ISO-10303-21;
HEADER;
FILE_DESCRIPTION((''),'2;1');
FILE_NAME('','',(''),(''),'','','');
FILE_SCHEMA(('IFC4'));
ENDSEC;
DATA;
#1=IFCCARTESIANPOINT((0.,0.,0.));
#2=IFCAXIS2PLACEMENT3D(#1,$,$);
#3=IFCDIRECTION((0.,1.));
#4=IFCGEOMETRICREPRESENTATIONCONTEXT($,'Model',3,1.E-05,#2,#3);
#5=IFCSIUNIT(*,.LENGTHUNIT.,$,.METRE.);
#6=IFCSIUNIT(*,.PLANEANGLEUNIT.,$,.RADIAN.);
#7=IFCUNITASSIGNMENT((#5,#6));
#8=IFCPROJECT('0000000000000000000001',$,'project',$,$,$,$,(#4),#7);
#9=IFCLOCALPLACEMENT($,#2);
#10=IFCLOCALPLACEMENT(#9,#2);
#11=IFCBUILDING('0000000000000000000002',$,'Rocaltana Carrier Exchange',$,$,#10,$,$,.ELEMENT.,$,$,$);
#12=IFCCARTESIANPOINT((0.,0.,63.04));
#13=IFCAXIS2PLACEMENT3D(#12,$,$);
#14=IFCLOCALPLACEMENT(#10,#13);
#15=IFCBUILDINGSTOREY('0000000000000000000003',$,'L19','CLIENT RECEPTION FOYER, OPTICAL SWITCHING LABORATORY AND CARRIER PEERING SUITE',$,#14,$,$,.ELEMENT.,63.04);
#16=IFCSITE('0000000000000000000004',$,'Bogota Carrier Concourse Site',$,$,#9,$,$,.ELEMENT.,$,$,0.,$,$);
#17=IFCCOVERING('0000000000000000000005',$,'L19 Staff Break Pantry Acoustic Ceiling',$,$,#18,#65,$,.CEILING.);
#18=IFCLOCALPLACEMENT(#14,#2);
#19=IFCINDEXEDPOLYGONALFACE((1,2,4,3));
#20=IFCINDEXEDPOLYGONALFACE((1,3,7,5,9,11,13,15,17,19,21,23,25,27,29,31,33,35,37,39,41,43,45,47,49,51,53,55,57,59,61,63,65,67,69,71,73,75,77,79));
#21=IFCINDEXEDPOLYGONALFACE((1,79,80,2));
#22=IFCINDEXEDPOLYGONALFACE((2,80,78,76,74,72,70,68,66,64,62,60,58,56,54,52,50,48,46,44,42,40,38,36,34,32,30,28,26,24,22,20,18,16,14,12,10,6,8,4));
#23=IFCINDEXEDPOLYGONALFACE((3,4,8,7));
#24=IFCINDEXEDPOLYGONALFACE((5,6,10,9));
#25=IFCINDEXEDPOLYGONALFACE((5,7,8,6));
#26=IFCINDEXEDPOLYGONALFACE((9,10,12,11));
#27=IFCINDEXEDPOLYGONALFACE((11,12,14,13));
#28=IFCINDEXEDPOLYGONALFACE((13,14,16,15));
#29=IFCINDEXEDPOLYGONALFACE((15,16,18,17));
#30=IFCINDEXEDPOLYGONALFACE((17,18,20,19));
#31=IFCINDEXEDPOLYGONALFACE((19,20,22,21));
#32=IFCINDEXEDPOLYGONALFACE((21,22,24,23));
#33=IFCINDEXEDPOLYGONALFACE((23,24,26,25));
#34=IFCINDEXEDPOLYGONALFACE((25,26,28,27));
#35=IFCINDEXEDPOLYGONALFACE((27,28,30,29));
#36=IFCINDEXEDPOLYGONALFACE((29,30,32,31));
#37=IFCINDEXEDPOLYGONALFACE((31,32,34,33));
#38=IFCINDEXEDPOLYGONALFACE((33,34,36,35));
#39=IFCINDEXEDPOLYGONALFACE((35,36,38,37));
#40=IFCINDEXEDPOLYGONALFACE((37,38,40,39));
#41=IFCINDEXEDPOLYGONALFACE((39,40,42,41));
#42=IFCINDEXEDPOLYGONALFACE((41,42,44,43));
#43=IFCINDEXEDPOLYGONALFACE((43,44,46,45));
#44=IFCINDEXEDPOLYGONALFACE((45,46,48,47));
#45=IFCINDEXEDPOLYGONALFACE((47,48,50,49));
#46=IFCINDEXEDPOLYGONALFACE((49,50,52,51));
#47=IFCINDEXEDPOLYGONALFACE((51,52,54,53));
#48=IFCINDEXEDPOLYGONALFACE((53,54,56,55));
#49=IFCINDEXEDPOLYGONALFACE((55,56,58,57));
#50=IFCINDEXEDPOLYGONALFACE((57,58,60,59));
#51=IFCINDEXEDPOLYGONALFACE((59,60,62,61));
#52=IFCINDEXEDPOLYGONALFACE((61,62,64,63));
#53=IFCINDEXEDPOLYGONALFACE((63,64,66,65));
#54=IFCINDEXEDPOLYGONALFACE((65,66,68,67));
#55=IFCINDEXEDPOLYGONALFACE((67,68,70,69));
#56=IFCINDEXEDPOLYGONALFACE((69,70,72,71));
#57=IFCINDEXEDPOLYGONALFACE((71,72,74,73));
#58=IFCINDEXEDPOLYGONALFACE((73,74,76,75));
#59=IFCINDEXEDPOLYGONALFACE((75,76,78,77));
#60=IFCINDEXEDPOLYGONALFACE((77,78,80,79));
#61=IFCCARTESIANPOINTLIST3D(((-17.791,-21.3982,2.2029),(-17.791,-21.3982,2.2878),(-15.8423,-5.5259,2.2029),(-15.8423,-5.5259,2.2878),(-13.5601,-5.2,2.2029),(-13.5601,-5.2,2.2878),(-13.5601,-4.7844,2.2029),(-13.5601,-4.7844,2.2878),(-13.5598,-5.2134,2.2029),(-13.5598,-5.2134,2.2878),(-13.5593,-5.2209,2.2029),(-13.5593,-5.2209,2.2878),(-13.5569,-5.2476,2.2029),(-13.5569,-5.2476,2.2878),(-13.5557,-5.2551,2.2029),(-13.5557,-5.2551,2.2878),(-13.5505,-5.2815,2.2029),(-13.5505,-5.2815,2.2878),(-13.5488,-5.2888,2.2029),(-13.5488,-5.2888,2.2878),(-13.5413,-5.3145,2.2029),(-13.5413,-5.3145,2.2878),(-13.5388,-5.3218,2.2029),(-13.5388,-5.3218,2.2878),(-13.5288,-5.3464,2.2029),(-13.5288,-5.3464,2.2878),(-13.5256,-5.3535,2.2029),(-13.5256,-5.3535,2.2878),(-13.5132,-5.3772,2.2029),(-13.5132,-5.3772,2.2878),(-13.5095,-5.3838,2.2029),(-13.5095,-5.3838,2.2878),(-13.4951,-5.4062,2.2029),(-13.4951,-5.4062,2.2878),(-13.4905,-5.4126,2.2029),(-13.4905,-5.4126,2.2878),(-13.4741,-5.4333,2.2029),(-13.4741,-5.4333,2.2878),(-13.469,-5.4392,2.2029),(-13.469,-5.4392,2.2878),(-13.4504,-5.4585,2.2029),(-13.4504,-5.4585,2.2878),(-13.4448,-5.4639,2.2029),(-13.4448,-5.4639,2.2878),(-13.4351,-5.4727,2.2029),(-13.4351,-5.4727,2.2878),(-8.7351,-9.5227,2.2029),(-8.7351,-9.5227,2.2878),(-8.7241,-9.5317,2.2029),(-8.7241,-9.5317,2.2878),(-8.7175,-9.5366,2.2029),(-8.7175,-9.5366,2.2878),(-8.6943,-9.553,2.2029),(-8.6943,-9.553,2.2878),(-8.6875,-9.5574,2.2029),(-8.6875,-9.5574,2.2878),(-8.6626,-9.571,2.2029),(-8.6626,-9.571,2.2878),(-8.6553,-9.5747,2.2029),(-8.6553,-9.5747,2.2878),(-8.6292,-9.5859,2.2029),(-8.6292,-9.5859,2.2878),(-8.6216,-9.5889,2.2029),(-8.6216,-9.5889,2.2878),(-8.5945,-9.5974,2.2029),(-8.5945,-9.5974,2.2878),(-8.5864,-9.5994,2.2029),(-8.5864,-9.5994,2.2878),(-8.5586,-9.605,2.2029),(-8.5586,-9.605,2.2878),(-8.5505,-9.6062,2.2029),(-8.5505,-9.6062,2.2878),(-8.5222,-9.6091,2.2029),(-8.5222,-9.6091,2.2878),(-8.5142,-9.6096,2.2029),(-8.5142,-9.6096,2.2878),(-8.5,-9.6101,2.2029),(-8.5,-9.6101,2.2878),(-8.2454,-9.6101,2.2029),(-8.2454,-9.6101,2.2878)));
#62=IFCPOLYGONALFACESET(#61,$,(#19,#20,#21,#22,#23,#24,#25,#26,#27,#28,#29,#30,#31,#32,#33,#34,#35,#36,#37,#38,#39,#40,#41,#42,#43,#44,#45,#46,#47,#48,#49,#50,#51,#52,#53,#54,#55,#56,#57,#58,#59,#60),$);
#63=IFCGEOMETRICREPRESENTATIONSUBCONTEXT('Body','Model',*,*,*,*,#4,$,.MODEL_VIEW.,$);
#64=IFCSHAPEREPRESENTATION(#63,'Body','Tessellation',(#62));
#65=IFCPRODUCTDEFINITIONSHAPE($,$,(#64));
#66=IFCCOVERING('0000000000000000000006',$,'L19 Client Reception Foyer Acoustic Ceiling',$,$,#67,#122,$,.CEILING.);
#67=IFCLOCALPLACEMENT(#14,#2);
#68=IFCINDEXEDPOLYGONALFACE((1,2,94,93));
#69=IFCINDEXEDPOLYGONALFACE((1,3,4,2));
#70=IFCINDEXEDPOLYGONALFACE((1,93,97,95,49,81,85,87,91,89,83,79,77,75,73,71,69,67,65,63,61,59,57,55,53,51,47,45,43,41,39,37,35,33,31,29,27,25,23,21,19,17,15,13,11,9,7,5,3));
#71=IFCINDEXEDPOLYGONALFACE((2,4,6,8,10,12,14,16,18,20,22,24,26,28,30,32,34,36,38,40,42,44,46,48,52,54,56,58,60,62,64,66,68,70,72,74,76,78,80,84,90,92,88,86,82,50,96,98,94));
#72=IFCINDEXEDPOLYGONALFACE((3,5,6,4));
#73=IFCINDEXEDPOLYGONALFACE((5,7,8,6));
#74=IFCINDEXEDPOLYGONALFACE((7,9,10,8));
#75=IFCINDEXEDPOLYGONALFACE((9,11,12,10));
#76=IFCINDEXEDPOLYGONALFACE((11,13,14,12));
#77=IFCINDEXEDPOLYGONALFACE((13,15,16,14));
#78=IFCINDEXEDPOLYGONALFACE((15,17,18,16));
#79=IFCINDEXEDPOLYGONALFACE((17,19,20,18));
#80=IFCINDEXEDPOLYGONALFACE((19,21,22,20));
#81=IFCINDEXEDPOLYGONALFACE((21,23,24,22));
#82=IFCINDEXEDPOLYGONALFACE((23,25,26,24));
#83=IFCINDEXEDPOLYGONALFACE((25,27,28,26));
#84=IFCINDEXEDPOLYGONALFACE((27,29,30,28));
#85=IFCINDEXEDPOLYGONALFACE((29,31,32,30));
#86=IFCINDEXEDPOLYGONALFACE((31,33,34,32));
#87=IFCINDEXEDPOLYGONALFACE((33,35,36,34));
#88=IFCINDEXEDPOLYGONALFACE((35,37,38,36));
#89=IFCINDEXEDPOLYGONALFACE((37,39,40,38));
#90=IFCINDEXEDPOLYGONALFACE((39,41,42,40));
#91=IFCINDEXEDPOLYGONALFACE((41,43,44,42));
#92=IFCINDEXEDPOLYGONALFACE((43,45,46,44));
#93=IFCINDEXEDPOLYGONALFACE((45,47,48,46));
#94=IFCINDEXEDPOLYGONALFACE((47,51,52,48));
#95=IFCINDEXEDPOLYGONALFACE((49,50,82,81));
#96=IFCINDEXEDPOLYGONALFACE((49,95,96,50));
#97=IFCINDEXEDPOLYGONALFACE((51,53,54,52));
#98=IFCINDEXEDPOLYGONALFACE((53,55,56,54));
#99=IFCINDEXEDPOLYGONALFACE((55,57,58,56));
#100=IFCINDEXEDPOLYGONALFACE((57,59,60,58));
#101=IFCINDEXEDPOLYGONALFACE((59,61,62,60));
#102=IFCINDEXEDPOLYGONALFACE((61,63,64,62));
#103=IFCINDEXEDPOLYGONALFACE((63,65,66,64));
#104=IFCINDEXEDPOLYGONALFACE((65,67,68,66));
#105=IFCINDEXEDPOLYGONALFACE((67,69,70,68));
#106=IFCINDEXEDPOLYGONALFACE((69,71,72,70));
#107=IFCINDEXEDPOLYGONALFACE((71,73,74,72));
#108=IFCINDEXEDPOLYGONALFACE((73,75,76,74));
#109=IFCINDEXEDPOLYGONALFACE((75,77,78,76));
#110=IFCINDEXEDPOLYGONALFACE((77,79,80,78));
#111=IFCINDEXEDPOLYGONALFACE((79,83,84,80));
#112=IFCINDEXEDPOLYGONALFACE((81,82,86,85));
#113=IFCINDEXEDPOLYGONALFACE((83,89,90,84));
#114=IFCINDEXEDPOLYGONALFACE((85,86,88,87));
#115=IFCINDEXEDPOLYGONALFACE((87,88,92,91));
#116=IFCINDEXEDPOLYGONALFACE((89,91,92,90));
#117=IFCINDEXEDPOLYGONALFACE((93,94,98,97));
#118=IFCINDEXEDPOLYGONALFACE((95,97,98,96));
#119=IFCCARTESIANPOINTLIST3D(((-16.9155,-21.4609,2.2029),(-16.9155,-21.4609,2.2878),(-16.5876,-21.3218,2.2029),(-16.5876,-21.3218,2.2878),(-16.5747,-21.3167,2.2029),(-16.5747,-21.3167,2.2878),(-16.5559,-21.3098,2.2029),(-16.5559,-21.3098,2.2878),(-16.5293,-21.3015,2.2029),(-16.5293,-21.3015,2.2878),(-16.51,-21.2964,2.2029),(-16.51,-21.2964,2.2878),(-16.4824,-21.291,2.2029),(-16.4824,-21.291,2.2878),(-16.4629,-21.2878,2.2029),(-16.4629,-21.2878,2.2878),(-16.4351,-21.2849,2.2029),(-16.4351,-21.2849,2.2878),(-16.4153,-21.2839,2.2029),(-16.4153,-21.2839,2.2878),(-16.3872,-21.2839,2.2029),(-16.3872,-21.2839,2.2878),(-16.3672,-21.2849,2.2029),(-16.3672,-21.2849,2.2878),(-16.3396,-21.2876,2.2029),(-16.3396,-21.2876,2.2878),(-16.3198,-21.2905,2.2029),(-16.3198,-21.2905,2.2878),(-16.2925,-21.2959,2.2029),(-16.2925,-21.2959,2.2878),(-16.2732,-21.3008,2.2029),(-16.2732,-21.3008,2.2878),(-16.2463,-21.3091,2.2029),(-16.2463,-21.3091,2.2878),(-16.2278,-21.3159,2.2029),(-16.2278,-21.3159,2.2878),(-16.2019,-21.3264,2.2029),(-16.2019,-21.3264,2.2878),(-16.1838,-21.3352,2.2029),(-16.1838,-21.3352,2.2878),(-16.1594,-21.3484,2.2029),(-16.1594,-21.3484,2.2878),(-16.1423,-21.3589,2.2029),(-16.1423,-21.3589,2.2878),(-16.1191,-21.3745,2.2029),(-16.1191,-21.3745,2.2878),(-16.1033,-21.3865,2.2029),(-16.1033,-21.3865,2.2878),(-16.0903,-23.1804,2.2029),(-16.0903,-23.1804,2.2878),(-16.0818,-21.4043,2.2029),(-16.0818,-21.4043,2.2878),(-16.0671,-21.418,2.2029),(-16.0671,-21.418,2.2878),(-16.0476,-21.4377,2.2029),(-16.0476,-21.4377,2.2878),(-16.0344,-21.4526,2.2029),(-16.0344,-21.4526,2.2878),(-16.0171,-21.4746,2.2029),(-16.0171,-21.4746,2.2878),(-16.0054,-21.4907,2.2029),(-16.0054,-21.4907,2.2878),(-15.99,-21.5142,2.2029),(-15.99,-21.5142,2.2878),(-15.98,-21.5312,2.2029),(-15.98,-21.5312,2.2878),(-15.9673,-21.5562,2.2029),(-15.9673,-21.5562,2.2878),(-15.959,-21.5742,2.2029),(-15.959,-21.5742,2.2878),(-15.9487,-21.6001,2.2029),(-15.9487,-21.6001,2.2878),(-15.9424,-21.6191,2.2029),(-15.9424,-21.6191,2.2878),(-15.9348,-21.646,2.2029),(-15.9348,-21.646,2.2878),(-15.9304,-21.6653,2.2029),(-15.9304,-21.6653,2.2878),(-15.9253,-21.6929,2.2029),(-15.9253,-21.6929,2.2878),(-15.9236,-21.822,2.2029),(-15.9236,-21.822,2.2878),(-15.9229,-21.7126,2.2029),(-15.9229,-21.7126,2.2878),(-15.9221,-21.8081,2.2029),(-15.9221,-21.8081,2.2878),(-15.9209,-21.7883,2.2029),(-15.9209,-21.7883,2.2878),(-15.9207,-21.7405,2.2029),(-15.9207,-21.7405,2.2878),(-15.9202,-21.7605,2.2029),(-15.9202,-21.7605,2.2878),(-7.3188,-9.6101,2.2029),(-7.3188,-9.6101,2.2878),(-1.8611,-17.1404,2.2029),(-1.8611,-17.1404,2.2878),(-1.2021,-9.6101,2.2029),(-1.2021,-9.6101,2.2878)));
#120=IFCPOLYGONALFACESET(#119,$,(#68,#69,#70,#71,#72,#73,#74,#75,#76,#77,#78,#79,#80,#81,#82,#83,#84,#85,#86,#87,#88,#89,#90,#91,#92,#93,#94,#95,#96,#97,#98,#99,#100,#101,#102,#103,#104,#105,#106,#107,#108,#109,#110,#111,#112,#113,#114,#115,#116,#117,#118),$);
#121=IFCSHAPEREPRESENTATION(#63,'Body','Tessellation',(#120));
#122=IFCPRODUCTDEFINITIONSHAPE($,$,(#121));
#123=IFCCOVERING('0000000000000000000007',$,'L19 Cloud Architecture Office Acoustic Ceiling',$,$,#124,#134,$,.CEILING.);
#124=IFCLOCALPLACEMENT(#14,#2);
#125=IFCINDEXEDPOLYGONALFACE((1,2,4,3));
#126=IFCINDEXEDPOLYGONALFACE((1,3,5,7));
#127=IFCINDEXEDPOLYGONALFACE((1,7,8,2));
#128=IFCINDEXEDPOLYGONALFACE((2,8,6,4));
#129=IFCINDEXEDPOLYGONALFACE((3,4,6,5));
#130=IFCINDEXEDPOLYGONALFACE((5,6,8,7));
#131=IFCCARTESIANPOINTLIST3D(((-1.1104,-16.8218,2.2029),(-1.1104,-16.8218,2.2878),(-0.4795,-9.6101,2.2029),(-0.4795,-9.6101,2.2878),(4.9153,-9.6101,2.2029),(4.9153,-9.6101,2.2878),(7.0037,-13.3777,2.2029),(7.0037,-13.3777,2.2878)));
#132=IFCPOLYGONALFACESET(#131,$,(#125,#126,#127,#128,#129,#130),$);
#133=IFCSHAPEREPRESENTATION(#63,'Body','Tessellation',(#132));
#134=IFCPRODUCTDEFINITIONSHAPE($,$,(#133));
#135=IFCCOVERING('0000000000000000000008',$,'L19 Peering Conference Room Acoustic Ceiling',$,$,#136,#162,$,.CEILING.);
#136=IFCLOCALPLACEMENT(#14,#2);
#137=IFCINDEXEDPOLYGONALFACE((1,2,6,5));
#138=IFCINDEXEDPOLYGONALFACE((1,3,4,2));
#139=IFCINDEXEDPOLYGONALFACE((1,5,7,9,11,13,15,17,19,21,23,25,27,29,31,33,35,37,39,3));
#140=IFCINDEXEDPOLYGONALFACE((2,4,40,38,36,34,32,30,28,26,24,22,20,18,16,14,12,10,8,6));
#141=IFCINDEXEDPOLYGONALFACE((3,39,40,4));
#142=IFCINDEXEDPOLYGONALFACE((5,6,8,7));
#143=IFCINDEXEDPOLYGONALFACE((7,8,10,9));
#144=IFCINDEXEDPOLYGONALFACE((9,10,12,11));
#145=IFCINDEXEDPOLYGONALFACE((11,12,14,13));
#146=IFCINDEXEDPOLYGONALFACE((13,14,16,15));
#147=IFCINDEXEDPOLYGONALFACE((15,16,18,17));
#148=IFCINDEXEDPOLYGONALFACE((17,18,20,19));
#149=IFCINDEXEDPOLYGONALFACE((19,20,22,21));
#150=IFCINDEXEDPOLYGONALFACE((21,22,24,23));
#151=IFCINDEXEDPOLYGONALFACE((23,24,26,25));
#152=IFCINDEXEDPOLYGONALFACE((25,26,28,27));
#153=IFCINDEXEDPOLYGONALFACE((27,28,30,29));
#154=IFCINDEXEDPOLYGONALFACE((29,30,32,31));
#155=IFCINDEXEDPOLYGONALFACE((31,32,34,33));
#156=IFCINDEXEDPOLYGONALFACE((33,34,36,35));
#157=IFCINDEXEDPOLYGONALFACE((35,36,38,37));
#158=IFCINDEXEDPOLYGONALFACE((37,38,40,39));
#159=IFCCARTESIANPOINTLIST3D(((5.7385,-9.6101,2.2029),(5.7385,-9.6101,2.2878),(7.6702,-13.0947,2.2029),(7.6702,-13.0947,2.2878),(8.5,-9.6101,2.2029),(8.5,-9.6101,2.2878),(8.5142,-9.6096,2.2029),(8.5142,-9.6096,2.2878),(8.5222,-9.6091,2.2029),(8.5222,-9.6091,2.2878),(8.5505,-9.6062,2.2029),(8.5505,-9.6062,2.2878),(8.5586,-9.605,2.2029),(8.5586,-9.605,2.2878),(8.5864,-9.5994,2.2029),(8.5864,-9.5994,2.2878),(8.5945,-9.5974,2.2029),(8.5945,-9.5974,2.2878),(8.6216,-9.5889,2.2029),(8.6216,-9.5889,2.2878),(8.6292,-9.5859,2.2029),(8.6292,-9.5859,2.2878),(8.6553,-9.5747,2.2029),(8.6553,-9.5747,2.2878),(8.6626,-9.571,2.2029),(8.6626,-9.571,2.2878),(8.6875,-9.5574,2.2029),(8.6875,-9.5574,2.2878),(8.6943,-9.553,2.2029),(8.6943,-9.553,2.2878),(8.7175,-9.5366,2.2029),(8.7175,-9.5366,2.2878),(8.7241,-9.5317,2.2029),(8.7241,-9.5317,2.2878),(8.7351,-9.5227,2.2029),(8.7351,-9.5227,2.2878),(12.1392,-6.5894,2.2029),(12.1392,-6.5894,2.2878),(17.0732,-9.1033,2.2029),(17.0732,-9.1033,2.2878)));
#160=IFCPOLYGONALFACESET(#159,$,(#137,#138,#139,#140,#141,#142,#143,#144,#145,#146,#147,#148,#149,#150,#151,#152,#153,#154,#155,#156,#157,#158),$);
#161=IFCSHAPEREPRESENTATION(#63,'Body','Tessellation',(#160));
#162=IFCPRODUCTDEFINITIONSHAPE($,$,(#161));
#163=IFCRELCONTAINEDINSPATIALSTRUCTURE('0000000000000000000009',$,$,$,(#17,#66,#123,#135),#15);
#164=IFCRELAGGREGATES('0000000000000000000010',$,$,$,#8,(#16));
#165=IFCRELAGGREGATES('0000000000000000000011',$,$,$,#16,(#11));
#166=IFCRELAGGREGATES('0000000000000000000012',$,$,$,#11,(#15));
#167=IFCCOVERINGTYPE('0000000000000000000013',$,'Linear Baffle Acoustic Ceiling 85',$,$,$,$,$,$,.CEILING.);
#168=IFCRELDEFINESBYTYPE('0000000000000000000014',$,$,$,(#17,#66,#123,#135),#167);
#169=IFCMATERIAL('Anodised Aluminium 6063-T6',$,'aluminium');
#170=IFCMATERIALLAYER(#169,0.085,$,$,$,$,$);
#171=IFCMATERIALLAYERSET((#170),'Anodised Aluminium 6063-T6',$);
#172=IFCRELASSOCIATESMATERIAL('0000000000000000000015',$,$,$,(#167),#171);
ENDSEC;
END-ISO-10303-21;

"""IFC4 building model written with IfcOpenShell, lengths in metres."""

from ifc_helpers import new_model, si_unit, direction, frame, origin, place, context, subcontext, project, spatial, polyline, outline, extrude, material, layer, layer_set, type_object, element, save


model = new_model("IFC4")

# Units and contexts
model_context = context("Model", 3, precision=1e-05, world=origin(), true_north=direction((0.0, 1.0)))
body_context = subcontext(model_context, "Body", "Model", "MODEL_VIEW")
ifc_project = project(units=[si_unit("LENGTHUNIT", "METRE"), si_unit("PLANEANGLEUNIT", "RADIAN")], contexts=[model_context])

# Site, building, storey
site_placement = place(None, origin())
site = spatial("IfcSite", under=ifc_project, at=site_placement, Name="Bogota Carrier Concourse Site", CompositionType="ELEMENT", RefElevation=0.0)
building_placement = place(site_placement, origin())
building = spatial("IfcBuilding", under=site, at=building_placement, Name="Rocaltana Carrier Exchange", CompositionType="ELEMENT")
storey_placement = place(building_placement, frame((0.0, 0.0, 63.04)))
storey = spatial("IfcBuildingStorey", under=building, at=storey_placement, Name="L19", Description="CLIENT RECEPTION FOYER, OPTICAL SWITCHING LABORATORY AND CARRIER PEERING SUITE", CompositionType="ELEMENT", Elevation=63.04)

# Coverings
ifc_material_1 = material(Name="Anodised Aluminium 6063-T6", Category="aluminium")
ifc_layer_1 = layer(ifc_material_1, 0.085)
ifc_layer_set_1 = layer_set([ifc_layer_1], Name="Anodised Aluminium 6063-T6")
covering_type_1 = type_object("IfcCoveringType", Name="Linear Baffle Acoustic Ceiling 85", PredefinedType="CEILING", material=ifc_layer_set_1)
covering_1_placement = place(storey_placement, frame((0.0, 0.0, 2.2029)))
element("IfcCovering", 1, at=covering_1_placement, inside=storey, type_object=covering_type_1, Name="L19 Staff Break Pantry Acoustic Ceiling", PredefinedType="CEILING", context=body_context, shape_type="SweptSolid", body=[
    extrude(outline(polyline([(-17.791, -21.3982), (-15.8423, -5.5259), (-13.5601, -4.7844), (-13.5601, -5.2), (-13.5598, -5.2134), (-13.5593, -5.2209), (-13.5569, -5.2476), (-13.5557, -5.2551), (-13.5505, -5.2815), (-13.5488, -5.2888), (-13.5413, -5.3145), (-13.5388, -5.3218), (-13.5288, -5.3464), (-13.5256, -5.3535), (-13.5132, -5.3772), (-13.5095, -5.3838), (-13.4951, -5.4062), (-13.4905, -5.4126), (-13.4741, -5.4333), (-13.469, -5.4392), (-13.4504, -5.4585), (-13.4448, -5.4639), (-13.4351, -5.4727), (-8.7351, -9.5227), (-8.7241, -9.5317), (-8.7175, -9.5366), (-8.6943, -9.553), (-8.6875, -9.5574), (-8.6626, -9.571), (-8.6553, -9.5747), (-8.6292, -9.5859), (-8.6216, -9.5889), (-8.5945, -9.5974), (-8.5864, -9.5994), (-8.5586, -9.605), (-8.5505, -9.6062), (-8.5222, -9.6091), (-8.5142, -9.6096), (-8.5, -9.6101), (-8.2454, -9.6101), (-17.791, -21.3982)])), origin(), (0.0, 0.0, 1.0), 0.085),
])
covering_2_placement = place(storey_placement, frame((0.0, 0.0, 2.2029)))
element("IfcCovering", 2, at=covering_2_placement, inside=storey, type_object=covering_type_1, Name="L19 Client Reception Foyer Acoustic Ceiling", PredefinedType="CEILING", context=body_context, shape_type="SweptSolid", body=[
    extrude(outline(polyline([(-15.9236, -21.822), (-15.9221, -21.8081), (-15.9209, -21.7883), (-15.9202, -21.7605), (-15.9207, -21.7405), (-15.9229, -21.7126), (-15.9253, -21.6929), (-15.9304, -21.6653), (-15.9348, -21.646), (-15.9424, -21.6191), (-15.9487, -21.6001), (-15.959, -21.5742), (-15.9673, -21.5562), (-15.98, -21.5312), (-15.99, -21.5142), (-16.0054, -21.4907), (-16.0171, -21.4746), (-16.0344, -21.4526), (-16.0476, -21.4377), (-16.0671, -21.418), (-16.0818, -21.4043), (-16.1033, -21.3865), (-16.1191, -21.3745), (-16.1423, -21.3589), (-16.1594, -21.3484), (-16.1838, -21.3352), (-16.2019, -21.3264), (-16.2278, -21.3159), (-16.2463, -21.3091), (-16.2732, -21.3008), (-16.2925, -21.2959), (-16.3198, -21.2905), (-16.3396, -21.2876), (-16.3672, -21.2849), (-16.3872, -21.2839), (-16.4153, -21.2839), (-16.4351, -21.2849), (-16.4629, -21.2878), (-16.4824, -21.291), (-16.51, -21.2964), (-16.5293, -21.3015), (-16.5559, -21.3098), (-16.5747, -21.3167), (-16.5876, -21.3218), (-16.9155, -21.4609), (-7.3188, -9.6101), (-1.2021, -9.6101), (-1.8611, -17.1404), (-16.0903, -23.1804), (-15.9236, -21.822)])), origin(), (0.0, 0.0, 1.0), 0.085),
])
covering_3_placement = place(storey_placement, frame((0.0, 0.0, 2.2029)))
element("IfcCovering", 3, at=covering_3_placement, inside=storey, type_object=covering_type_1, Name="L19 Cloud Architecture Office Acoustic Ceiling", PredefinedType="CEILING", context=body_context, shape_type="SweptSolid", body=[
    extrude(outline(polyline([(-1.1104, -16.8218), (-0.4795, -9.6101), (4.9153, -9.6101), (7.0037, -13.3777), (-1.1104, -16.8218)])), origin(), (0.0, 0.0, 1.0), 0.085),
])
covering_4_placement = place(storey_placement, frame((0.0, 0.0, 2.2029)))
element("IfcCovering", 4, at=covering_4_placement, inside=storey, type_object=covering_type_1, Name="L19 Peering Conference Room Acoustic Ceiling", PredefinedType="CEILING", context=body_context, shape_type="SweptSolid", body=[
    extrude(outline(polyline([(7.6702, -13.0947), (5.7385, -9.6101), (8.5, -9.6101), (8.5142, -9.6096), (8.5222, -9.6091), (8.5505, -9.6062), (8.5586, -9.605), (8.5864, -9.5994), (8.5945, -9.5974), (8.6216, -9.5889), (8.6292, -9.5859), (8.6553, -9.5747), (8.6626, -9.571), (8.6875, -9.5574), (8.6943, -9.553), (8.7175, -9.5366), (8.7241, -9.5317), (8.7351, -9.5227), (12.1392, -6.5894), (17.0732, -9.1033), (7.6702, -13.0947)])), origin(), (0.0, 0.0, 1.0), 0.085),
])

save(model, "model.ifc")
